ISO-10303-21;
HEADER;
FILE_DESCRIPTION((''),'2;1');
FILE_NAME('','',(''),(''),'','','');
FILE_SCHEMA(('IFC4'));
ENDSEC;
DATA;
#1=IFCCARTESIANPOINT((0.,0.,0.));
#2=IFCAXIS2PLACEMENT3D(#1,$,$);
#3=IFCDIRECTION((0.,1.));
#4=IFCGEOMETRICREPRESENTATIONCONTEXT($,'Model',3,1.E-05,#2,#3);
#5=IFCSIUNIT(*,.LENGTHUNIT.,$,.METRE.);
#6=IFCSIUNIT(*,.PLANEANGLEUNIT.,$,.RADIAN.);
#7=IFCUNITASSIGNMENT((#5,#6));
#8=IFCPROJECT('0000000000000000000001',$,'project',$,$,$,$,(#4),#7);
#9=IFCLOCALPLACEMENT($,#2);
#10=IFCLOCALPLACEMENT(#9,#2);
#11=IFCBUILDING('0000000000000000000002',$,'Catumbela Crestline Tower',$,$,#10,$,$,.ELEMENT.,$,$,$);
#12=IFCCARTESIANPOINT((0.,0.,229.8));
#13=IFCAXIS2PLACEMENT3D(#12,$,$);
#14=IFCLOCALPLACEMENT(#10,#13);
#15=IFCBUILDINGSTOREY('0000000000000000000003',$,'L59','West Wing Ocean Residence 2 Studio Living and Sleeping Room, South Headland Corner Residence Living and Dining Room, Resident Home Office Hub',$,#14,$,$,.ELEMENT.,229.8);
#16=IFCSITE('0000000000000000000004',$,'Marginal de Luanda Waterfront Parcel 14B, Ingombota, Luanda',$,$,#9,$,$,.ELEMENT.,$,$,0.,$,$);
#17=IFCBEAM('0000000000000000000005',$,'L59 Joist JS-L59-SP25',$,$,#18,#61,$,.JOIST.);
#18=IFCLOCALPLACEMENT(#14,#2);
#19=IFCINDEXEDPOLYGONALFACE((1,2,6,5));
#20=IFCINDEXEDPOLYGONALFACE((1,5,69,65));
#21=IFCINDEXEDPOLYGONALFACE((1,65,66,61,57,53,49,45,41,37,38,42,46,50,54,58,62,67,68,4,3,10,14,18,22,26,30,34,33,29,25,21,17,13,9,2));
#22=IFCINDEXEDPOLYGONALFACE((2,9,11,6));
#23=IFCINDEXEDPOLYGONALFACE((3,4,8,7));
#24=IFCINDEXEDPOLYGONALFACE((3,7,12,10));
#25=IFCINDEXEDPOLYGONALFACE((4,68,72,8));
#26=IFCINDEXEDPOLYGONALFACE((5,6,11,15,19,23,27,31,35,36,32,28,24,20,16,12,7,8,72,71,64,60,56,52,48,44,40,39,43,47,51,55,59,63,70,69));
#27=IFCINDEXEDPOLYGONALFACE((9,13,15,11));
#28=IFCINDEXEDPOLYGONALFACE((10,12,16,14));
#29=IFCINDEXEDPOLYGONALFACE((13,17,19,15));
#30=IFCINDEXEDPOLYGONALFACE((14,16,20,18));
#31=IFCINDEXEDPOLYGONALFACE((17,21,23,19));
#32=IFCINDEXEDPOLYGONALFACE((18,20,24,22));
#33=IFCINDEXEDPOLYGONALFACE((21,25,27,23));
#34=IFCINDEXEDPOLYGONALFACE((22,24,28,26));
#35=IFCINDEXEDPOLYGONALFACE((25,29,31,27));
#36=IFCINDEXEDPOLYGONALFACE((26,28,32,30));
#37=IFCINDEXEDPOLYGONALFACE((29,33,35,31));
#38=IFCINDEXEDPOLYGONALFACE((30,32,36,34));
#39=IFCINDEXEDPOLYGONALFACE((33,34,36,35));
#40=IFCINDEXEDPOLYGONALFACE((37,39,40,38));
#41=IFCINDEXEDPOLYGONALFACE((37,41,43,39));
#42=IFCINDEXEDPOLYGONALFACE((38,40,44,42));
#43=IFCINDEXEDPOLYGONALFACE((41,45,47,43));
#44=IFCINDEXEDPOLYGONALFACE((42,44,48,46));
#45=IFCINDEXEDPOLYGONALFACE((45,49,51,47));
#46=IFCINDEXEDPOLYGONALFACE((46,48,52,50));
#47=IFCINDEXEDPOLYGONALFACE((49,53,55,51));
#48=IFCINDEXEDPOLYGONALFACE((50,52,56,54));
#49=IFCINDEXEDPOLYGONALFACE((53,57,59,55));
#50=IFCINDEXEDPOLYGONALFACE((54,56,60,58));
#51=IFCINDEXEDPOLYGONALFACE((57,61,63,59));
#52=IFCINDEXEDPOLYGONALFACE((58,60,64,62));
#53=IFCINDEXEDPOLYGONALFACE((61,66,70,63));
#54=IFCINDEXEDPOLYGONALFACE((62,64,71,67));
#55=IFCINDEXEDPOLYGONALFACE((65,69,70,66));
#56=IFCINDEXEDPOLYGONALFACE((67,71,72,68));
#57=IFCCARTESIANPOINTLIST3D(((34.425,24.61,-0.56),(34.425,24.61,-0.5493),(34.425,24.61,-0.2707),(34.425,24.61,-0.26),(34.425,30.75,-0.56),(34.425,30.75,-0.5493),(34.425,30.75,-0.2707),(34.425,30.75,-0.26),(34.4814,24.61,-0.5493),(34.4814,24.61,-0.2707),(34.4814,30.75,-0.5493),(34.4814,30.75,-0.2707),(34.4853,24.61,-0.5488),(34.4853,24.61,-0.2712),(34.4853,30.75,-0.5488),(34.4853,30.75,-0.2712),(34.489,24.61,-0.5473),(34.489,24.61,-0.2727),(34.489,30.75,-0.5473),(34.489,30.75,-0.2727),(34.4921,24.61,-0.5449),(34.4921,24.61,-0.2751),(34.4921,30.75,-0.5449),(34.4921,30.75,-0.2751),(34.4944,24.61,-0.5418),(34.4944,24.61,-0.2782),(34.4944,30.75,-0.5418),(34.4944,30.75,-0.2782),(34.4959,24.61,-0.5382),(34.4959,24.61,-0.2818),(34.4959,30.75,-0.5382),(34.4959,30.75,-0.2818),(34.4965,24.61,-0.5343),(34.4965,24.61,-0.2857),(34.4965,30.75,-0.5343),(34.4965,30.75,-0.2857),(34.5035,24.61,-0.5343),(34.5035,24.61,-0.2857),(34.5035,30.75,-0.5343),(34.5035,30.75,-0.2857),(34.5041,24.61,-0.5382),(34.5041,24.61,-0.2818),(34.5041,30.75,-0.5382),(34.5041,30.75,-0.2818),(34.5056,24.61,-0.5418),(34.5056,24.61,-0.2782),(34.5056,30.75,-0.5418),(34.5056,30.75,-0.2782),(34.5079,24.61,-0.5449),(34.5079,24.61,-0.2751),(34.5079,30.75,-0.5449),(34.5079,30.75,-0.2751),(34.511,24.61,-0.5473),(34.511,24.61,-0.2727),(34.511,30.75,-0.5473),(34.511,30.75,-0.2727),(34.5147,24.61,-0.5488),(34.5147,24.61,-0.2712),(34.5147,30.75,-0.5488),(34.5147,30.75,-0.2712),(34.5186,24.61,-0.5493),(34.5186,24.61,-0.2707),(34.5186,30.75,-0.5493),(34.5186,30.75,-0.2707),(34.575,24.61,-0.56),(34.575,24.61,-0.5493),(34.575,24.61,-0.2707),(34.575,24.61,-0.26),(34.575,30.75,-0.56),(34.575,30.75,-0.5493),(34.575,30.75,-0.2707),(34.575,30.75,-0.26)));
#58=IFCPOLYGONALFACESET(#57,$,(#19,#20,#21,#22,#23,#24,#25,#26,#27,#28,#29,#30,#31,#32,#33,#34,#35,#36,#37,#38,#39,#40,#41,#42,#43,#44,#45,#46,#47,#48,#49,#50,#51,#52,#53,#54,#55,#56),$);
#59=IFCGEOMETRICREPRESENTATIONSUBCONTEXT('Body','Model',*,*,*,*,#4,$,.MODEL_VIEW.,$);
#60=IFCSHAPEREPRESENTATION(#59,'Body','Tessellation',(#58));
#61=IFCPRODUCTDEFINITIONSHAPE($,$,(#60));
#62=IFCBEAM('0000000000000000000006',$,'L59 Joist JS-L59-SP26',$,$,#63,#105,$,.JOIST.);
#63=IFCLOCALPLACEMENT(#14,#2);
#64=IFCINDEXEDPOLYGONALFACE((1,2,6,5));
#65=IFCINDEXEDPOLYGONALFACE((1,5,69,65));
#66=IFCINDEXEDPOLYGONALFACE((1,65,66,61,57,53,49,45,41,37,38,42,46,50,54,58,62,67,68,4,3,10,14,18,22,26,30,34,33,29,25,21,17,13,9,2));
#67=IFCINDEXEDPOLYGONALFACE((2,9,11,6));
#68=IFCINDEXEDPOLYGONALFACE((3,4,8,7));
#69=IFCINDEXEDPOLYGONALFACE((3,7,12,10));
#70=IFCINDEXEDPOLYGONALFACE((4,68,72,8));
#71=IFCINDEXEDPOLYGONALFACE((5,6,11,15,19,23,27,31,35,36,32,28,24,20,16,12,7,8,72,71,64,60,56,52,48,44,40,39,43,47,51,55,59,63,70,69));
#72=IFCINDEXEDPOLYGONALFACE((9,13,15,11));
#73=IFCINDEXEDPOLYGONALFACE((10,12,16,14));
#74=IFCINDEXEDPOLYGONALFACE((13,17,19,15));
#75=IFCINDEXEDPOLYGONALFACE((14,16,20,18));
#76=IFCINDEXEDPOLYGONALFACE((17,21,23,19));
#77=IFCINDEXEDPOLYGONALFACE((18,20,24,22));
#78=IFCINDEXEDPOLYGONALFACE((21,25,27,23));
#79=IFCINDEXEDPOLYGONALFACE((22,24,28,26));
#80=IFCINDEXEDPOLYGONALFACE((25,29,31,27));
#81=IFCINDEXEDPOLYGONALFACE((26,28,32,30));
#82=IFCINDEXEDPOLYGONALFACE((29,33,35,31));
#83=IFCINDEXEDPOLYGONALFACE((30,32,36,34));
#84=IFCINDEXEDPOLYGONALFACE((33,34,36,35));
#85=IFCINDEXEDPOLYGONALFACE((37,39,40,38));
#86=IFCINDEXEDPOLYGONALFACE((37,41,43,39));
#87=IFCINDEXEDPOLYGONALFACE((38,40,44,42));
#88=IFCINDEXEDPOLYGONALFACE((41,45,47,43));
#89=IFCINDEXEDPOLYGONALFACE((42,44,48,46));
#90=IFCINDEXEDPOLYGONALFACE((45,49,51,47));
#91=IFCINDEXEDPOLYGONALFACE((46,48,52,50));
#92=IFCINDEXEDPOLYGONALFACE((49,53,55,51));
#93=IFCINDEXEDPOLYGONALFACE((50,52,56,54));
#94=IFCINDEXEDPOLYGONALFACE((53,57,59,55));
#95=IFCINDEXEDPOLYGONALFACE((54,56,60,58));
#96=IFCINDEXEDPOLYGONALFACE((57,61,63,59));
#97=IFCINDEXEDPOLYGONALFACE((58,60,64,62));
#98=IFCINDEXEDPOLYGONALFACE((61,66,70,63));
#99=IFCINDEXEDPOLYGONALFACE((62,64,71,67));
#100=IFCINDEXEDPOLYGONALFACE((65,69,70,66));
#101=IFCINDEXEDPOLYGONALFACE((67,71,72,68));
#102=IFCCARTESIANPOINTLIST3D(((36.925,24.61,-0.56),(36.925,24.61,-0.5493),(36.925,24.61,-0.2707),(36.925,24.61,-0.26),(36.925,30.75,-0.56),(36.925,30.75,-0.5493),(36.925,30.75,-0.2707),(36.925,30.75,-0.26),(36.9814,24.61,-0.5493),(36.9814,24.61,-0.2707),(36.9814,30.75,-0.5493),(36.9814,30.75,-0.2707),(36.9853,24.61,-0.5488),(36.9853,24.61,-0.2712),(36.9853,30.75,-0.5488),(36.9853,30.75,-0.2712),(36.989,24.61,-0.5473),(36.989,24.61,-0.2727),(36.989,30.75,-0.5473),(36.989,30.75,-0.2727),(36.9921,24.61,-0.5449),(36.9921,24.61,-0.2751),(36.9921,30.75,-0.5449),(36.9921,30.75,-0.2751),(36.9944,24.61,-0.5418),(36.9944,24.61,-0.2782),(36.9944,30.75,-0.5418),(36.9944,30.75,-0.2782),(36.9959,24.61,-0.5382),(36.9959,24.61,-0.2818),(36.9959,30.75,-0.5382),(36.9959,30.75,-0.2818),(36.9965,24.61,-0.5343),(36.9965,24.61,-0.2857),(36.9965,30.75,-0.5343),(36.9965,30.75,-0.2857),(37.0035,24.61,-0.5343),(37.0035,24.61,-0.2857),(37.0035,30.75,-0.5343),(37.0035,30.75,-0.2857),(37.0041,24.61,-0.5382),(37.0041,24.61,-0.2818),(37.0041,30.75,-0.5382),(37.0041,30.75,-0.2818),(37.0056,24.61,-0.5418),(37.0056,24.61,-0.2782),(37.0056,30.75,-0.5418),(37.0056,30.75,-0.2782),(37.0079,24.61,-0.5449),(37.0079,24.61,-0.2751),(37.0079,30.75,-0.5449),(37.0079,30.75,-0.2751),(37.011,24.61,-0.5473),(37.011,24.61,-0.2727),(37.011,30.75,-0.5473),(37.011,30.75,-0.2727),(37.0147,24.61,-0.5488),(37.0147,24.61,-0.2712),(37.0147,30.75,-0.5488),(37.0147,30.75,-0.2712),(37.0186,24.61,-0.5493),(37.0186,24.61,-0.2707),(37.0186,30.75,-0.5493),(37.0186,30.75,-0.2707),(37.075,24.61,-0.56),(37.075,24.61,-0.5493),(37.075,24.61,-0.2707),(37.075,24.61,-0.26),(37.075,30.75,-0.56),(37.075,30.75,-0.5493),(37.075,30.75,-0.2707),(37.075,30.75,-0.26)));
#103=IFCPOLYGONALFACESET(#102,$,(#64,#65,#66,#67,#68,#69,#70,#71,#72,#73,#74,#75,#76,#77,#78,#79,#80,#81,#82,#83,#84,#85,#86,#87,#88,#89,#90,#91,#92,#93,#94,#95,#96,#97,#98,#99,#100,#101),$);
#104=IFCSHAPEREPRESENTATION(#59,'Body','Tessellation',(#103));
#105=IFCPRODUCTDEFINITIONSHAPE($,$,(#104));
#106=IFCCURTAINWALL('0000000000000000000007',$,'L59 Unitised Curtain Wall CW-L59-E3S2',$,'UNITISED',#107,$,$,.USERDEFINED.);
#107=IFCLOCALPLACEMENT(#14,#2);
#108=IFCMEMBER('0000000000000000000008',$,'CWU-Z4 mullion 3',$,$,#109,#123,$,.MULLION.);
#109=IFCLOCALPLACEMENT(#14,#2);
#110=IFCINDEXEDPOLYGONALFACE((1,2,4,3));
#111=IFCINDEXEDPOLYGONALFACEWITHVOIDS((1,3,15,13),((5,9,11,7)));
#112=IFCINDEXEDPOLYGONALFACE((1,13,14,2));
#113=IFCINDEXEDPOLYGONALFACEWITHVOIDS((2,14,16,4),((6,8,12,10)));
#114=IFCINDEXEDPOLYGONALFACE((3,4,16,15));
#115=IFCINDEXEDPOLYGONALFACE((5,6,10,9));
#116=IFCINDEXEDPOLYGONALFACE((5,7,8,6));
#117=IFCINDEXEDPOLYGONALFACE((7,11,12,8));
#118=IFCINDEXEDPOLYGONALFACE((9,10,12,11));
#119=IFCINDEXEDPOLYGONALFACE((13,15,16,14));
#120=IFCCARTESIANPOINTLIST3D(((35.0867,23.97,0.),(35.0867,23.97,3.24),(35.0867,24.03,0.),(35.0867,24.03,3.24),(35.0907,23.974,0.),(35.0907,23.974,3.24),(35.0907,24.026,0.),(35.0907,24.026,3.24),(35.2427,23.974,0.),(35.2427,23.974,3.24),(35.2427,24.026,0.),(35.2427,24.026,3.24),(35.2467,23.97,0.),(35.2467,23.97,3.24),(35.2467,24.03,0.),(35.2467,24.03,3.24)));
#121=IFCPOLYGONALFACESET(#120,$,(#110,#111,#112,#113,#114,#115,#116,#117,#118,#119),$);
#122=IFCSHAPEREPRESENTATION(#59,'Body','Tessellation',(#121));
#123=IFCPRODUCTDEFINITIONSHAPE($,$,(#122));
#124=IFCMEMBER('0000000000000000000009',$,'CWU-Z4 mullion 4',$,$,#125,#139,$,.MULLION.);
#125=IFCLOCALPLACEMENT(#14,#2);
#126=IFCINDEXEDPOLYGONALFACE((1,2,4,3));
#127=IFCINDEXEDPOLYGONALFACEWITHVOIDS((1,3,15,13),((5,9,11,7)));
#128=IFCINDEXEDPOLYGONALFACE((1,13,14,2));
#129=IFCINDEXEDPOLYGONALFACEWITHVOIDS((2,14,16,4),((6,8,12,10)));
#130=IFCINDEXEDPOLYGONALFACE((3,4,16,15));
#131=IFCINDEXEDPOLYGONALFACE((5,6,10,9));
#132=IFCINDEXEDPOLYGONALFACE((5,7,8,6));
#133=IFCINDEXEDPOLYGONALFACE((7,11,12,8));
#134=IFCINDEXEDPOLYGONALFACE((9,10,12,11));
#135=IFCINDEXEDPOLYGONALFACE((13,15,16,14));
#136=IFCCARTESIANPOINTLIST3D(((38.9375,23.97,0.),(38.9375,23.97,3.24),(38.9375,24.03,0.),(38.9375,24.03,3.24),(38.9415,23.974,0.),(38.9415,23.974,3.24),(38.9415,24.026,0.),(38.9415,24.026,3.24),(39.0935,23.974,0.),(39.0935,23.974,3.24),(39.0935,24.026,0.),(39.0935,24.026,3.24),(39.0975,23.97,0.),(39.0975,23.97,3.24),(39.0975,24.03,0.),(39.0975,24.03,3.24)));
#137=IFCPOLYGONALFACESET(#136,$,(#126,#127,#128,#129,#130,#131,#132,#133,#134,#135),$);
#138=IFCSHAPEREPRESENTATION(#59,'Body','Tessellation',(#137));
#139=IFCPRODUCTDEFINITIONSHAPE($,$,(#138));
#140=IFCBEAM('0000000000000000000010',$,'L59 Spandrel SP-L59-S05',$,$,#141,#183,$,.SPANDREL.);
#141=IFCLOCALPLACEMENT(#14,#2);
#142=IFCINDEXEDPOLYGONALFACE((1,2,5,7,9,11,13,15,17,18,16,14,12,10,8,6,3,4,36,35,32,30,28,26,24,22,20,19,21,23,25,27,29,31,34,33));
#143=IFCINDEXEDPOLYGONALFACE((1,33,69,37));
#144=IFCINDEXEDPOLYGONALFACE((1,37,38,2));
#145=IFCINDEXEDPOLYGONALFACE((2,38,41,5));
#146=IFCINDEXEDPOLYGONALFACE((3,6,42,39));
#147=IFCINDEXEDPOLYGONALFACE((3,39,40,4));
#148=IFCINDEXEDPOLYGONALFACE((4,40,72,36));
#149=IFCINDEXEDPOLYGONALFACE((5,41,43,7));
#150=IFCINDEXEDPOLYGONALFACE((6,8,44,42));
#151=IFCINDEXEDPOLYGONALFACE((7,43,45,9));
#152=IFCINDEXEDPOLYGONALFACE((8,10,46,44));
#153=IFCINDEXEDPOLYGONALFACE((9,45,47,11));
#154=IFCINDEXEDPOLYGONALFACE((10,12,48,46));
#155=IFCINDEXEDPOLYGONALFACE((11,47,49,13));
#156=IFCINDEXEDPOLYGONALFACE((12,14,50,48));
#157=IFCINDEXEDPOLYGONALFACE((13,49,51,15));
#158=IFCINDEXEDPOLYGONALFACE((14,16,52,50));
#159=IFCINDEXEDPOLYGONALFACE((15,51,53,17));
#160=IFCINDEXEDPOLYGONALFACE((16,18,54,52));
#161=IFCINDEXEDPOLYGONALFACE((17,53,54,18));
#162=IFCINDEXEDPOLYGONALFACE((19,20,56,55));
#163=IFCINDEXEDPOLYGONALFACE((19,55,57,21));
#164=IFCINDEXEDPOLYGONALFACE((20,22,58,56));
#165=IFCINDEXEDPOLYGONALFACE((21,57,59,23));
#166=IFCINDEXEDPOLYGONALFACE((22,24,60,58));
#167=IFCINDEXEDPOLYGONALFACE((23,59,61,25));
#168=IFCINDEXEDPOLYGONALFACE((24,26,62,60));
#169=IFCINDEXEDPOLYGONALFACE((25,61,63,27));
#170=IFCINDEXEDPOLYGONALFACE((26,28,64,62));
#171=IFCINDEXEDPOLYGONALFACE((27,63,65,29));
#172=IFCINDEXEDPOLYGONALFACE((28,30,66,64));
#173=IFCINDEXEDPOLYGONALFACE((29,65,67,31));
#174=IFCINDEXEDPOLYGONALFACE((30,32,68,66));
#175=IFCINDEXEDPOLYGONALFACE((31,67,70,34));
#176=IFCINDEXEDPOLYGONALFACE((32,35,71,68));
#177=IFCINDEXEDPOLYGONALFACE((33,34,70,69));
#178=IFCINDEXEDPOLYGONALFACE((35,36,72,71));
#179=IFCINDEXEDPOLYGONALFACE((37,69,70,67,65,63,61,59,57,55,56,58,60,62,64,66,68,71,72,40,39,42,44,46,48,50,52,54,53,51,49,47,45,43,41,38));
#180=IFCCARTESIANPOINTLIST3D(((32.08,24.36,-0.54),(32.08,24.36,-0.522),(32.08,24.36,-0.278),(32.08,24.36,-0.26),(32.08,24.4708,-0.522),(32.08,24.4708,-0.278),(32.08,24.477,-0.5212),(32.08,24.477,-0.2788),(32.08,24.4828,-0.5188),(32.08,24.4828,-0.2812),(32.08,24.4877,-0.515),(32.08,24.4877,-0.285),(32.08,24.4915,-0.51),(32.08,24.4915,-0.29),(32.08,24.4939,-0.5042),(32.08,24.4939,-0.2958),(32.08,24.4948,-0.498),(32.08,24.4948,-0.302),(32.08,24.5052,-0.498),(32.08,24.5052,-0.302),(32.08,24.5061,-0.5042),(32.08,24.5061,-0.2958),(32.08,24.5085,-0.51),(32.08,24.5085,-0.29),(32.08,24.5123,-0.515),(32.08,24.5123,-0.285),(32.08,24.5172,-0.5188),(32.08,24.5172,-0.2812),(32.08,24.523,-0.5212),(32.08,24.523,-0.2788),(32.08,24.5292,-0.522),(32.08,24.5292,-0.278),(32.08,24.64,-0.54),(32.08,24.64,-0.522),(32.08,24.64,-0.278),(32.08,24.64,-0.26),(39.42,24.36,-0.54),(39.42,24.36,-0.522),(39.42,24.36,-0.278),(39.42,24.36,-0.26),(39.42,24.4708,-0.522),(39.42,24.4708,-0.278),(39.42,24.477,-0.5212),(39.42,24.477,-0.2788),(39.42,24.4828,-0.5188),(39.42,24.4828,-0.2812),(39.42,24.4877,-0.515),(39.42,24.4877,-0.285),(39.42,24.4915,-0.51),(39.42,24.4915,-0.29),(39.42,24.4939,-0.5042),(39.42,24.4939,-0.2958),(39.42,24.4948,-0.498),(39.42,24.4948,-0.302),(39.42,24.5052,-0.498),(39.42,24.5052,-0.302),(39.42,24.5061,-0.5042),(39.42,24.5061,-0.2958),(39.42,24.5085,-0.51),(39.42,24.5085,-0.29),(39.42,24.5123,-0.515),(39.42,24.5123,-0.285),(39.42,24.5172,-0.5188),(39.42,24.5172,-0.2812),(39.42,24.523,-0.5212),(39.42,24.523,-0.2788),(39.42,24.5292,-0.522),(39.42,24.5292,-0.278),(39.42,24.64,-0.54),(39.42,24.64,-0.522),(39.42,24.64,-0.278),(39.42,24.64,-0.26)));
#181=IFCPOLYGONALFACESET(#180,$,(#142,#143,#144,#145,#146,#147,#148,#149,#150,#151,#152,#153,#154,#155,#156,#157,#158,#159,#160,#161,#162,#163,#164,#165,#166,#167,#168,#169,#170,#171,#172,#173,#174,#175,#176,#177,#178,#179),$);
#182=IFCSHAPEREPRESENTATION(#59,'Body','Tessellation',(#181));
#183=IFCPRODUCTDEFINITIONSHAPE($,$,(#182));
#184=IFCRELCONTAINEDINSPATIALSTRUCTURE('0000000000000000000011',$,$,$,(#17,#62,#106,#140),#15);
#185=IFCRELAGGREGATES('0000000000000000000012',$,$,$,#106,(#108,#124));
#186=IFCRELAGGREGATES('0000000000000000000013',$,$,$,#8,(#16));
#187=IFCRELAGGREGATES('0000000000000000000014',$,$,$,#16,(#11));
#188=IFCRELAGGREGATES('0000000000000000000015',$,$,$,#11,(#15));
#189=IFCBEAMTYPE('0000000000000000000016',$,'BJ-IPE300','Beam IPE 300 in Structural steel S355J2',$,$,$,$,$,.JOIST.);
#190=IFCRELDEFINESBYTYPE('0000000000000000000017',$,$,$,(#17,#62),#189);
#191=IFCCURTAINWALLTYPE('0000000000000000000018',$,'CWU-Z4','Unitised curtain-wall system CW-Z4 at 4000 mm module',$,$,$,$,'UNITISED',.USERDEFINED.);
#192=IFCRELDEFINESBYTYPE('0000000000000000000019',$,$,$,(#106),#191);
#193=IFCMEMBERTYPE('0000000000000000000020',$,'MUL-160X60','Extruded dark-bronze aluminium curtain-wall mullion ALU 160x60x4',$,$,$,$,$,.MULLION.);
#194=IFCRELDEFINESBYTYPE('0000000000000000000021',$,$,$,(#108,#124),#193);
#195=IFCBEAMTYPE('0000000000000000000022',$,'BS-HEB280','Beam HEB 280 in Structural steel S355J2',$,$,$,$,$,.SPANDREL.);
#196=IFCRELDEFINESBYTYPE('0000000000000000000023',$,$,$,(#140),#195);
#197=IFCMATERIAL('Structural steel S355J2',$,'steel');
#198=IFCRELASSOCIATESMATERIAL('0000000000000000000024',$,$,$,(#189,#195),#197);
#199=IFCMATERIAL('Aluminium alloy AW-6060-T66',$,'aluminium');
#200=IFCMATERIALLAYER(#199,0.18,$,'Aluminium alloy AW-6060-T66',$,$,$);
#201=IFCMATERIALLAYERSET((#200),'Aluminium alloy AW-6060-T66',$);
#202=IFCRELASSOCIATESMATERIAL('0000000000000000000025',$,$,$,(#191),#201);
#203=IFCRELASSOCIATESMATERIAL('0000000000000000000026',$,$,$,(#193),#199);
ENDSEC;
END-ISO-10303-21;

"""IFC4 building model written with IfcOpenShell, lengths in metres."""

from ifc_helpers import new_model, si_unit, direction, frame, origin, origin_2d, place, context, subcontext, project, spatial, hollow_rectangle, i_section, extrude, material, layer, layer_set, material_profile, profile_set, type_object, element, aggregate, save


model = new_model("IFC4")

# Units and contexts
model_context = context("Model", 3, precision=1e-05, world=origin(), true_north=direction((0.0, 1.0)))
body_context = subcontext(model_context, "Body", "Model", "MODEL_VIEW")
ifc_project = project(units=[si_unit("LENGTHUNIT", "METRE"), si_unit("PLANEANGLEUNIT", "RADIAN")], contexts=[model_context])

# Site, building, storey
site_placement = place(None, origin())
site = spatial("IfcSite", under=ifc_project, at=site_placement, Name="Marginal de Luanda Waterfront Parcel 14B, Ingombota, Luanda", CompositionType="ELEMENT", RefElevation=0.0)
building_placement = place(site_placement, origin())
building = spatial("IfcBuilding", under=site, at=building_placement, Name="Catumbela Crestline Tower", CompositionType="ELEMENT")
storey_placement = place(building_placement, frame((0.0, 0.0, 229.8)))
storey = spatial("IfcBuildingStorey", under=building, at=storey_placement, Name="L59", Description="West Wing Ocean Residence 2 Studio Living and Sleeping Room, South Headland Corner Residence Living and Dining Room, Resident Home Office Hub", CompositionType="ELEMENT", Elevation=229.8)

# Shared definitions
ifc_material_1 = material(Name="Structural steel S355J2", Category="steel")

# Beams
ifc_material_profile_1 = material_profile(ifc_material_1, i_section(OverallWidth=0.15, OverallDepth=0.3, WebThickness=0.0071, FlangeThickness=0.0107, FilletRadius=0.015, at=origin_2d()), Name="IPE 300")
ifc_profile_set_1 = profile_set([ifc_material_profile_1], Name="Structural steel S355J2")
beam_type_1 = type_object("IfcBeamType", Name="BJ-IPE300", Description="Beam IPE 300 in Structural steel S355J2", PredefinedType="JOIST", material=ifc_profile_set_1)
for number, where, z_axis, x_axis, name in (
    (1, (34.5, 24.61, -0.41), (0.0, 1.0, 0.0), (-1.0, 0.0, 0.0), "L59 Joist JS-L59-SP25"),
    (2, (37.0, 24.61, -0.41), (0.0, 1.0, 0.0), (-1.0, 0.0, 0.0), "L59 Joist JS-L59-SP26"),
):
    element("IfcBeam", number, at=place(storey_placement, frame(where, z_axis=z_axis, x_axis=x_axis)), inside=storey, type_object=beam_type_1, Name=name, PredefinedType="JOIST", context=body_context, shape_type="SweptSolid", body=[
        extrude(i_section(OverallWidth=0.15, OverallDepth=0.3, WebThickness=0.0071, FlangeThickness=0.0107, FilletRadius=0.015, at=origin_2d()), origin(), (0.0, 0.0, 1.0), 6.14),
    ])

# Curtain wall, members
ifc_material_2 = material(Name="Aluminium alloy AW-6060-T66", Category="aluminium")
ifc_layer_1 = layer(ifc_material_2, 0.18, Name="Aluminium alloy AW-6060-T66")
ifc_layer_set_1 = layer_set([ifc_layer_1], Name="Aluminium alloy AW-6060-T66")
curtain_wall_type = type_object("IfcCurtainWallType", Name="CWU-Z4", Description="Unitised curtain-wall system CW-Z4 at 4000 mm module", ElementType="UNITISED", PredefinedType="USERDEFINED", material=ifc_layer_set_1)
curtain_wall_placement = place(storey_placement, origin())
curtain_wall = element("IfcCurtainWall", 3, at=curtain_wall_placement, inside=storey, type_object=curtain_wall_type, Name="L59 Unitised Curtain Wall CW-L59-E3S2", ObjectType="UNITISED", PredefinedType="USERDEFINED")
ifc_material_profile_2 = material_profile(ifc_material_2, hollow_rectangle(XDim=0.06, YDim=0.16, WallThickness=0.004, at=origin_2d()), Name="ALU 160x60x4")
ifc_profile_set_2 = profile_set([ifc_material_profile_2], Name="Aluminium alloy AW-6060-T66")
member_type_1 = type_object("IfcMemberType", Name="MUL-160X60", Description="Extruded dark-bronze aluminium curtain-wall mullion ALU 160x60x4", PredefinedType="MULLION", material=ifc_profile_set_2)
member_1_placement = place(storey_placement, frame((35.1667, 24.0, 0.0), z_axis=(0.0, 0.0, 1.0), x_axis=(0.0, 1.0, 0.0)))
member_1 = element("IfcMember", 4, at=member_1_placement, type_object=member_type_1, Name="CWU-Z4 mullion 3", PredefinedType="MULLION", context=body_context, shape_type="SweptSolid", body=[
    extrude(hollow_rectangle(XDim=0.06, YDim=0.16, WallThickness=0.004, at=origin_2d()), origin(), (0.0, 0.0, 1.0), 3.24),
])
member_2_placement = place(storey_placement, frame((39.0175, 24.0, 0.0), z_axis=(0.0, 0.0, 1.0), x_axis=(0.0, 1.0, 0.0)))
member_2 = element("IfcMember", 5, at=member_2_placement, type_object=member_type_1, Name="CWU-Z4 mullion 4", PredefinedType="MULLION", context=body_context, shape_type="SweptSolid", body=[
    extrude(hollow_rectangle(XDim=0.06, YDim=0.16, WallThickness=0.004, at=origin_2d()), origin(), (0.0, 0.0, 1.0), 3.24),
])

# Beam
ifc_material_profile_3 = material_profile(ifc_material_1, i_section(OverallWidth=0.28, OverallDepth=0.28, WebThickness=0.0105, FlangeThickness=0.018, FilletRadius=0.024, at=origin_2d()), Name="HEB 280")
ifc_profile_set_3 = profile_set([ifc_material_profile_3], Name="Structural steel S355J2")
beam_type_2 = type_object("IfcBeamType", Name="BS-HEB280", Description="Beam HEB 280 in Structural steel S355J2", PredefinedType="SPANDREL", material=ifc_profile_set_3)
beam_placement = place(storey_placement, frame((32.08, 24.5, -0.4), z_axis=(1.0, 0.0, 0.0), x_axis=(0.0, 1.0, 0.0)))
element("IfcBeam", 6, at=beam_placement, inside=storey, type_object=beam_type_2, Name="L59 Spandrel SP-L59-S05", PredefinedType="SPANDREL", context=body_context, shape_type="SweptSolid", body=[
    extrude(i_section(OverallWidth=0.28, OverallDepth=0.28, WebThickness=0.0105, FlangeThickness=0.018, FilletRadius=0.024, at=origin_2d()), origin(), (0.0, 0.0, 1.0), 7.34),
])

aggregate(curtain_wall, [member_1, member_2])

save(model, "model.ifc")
